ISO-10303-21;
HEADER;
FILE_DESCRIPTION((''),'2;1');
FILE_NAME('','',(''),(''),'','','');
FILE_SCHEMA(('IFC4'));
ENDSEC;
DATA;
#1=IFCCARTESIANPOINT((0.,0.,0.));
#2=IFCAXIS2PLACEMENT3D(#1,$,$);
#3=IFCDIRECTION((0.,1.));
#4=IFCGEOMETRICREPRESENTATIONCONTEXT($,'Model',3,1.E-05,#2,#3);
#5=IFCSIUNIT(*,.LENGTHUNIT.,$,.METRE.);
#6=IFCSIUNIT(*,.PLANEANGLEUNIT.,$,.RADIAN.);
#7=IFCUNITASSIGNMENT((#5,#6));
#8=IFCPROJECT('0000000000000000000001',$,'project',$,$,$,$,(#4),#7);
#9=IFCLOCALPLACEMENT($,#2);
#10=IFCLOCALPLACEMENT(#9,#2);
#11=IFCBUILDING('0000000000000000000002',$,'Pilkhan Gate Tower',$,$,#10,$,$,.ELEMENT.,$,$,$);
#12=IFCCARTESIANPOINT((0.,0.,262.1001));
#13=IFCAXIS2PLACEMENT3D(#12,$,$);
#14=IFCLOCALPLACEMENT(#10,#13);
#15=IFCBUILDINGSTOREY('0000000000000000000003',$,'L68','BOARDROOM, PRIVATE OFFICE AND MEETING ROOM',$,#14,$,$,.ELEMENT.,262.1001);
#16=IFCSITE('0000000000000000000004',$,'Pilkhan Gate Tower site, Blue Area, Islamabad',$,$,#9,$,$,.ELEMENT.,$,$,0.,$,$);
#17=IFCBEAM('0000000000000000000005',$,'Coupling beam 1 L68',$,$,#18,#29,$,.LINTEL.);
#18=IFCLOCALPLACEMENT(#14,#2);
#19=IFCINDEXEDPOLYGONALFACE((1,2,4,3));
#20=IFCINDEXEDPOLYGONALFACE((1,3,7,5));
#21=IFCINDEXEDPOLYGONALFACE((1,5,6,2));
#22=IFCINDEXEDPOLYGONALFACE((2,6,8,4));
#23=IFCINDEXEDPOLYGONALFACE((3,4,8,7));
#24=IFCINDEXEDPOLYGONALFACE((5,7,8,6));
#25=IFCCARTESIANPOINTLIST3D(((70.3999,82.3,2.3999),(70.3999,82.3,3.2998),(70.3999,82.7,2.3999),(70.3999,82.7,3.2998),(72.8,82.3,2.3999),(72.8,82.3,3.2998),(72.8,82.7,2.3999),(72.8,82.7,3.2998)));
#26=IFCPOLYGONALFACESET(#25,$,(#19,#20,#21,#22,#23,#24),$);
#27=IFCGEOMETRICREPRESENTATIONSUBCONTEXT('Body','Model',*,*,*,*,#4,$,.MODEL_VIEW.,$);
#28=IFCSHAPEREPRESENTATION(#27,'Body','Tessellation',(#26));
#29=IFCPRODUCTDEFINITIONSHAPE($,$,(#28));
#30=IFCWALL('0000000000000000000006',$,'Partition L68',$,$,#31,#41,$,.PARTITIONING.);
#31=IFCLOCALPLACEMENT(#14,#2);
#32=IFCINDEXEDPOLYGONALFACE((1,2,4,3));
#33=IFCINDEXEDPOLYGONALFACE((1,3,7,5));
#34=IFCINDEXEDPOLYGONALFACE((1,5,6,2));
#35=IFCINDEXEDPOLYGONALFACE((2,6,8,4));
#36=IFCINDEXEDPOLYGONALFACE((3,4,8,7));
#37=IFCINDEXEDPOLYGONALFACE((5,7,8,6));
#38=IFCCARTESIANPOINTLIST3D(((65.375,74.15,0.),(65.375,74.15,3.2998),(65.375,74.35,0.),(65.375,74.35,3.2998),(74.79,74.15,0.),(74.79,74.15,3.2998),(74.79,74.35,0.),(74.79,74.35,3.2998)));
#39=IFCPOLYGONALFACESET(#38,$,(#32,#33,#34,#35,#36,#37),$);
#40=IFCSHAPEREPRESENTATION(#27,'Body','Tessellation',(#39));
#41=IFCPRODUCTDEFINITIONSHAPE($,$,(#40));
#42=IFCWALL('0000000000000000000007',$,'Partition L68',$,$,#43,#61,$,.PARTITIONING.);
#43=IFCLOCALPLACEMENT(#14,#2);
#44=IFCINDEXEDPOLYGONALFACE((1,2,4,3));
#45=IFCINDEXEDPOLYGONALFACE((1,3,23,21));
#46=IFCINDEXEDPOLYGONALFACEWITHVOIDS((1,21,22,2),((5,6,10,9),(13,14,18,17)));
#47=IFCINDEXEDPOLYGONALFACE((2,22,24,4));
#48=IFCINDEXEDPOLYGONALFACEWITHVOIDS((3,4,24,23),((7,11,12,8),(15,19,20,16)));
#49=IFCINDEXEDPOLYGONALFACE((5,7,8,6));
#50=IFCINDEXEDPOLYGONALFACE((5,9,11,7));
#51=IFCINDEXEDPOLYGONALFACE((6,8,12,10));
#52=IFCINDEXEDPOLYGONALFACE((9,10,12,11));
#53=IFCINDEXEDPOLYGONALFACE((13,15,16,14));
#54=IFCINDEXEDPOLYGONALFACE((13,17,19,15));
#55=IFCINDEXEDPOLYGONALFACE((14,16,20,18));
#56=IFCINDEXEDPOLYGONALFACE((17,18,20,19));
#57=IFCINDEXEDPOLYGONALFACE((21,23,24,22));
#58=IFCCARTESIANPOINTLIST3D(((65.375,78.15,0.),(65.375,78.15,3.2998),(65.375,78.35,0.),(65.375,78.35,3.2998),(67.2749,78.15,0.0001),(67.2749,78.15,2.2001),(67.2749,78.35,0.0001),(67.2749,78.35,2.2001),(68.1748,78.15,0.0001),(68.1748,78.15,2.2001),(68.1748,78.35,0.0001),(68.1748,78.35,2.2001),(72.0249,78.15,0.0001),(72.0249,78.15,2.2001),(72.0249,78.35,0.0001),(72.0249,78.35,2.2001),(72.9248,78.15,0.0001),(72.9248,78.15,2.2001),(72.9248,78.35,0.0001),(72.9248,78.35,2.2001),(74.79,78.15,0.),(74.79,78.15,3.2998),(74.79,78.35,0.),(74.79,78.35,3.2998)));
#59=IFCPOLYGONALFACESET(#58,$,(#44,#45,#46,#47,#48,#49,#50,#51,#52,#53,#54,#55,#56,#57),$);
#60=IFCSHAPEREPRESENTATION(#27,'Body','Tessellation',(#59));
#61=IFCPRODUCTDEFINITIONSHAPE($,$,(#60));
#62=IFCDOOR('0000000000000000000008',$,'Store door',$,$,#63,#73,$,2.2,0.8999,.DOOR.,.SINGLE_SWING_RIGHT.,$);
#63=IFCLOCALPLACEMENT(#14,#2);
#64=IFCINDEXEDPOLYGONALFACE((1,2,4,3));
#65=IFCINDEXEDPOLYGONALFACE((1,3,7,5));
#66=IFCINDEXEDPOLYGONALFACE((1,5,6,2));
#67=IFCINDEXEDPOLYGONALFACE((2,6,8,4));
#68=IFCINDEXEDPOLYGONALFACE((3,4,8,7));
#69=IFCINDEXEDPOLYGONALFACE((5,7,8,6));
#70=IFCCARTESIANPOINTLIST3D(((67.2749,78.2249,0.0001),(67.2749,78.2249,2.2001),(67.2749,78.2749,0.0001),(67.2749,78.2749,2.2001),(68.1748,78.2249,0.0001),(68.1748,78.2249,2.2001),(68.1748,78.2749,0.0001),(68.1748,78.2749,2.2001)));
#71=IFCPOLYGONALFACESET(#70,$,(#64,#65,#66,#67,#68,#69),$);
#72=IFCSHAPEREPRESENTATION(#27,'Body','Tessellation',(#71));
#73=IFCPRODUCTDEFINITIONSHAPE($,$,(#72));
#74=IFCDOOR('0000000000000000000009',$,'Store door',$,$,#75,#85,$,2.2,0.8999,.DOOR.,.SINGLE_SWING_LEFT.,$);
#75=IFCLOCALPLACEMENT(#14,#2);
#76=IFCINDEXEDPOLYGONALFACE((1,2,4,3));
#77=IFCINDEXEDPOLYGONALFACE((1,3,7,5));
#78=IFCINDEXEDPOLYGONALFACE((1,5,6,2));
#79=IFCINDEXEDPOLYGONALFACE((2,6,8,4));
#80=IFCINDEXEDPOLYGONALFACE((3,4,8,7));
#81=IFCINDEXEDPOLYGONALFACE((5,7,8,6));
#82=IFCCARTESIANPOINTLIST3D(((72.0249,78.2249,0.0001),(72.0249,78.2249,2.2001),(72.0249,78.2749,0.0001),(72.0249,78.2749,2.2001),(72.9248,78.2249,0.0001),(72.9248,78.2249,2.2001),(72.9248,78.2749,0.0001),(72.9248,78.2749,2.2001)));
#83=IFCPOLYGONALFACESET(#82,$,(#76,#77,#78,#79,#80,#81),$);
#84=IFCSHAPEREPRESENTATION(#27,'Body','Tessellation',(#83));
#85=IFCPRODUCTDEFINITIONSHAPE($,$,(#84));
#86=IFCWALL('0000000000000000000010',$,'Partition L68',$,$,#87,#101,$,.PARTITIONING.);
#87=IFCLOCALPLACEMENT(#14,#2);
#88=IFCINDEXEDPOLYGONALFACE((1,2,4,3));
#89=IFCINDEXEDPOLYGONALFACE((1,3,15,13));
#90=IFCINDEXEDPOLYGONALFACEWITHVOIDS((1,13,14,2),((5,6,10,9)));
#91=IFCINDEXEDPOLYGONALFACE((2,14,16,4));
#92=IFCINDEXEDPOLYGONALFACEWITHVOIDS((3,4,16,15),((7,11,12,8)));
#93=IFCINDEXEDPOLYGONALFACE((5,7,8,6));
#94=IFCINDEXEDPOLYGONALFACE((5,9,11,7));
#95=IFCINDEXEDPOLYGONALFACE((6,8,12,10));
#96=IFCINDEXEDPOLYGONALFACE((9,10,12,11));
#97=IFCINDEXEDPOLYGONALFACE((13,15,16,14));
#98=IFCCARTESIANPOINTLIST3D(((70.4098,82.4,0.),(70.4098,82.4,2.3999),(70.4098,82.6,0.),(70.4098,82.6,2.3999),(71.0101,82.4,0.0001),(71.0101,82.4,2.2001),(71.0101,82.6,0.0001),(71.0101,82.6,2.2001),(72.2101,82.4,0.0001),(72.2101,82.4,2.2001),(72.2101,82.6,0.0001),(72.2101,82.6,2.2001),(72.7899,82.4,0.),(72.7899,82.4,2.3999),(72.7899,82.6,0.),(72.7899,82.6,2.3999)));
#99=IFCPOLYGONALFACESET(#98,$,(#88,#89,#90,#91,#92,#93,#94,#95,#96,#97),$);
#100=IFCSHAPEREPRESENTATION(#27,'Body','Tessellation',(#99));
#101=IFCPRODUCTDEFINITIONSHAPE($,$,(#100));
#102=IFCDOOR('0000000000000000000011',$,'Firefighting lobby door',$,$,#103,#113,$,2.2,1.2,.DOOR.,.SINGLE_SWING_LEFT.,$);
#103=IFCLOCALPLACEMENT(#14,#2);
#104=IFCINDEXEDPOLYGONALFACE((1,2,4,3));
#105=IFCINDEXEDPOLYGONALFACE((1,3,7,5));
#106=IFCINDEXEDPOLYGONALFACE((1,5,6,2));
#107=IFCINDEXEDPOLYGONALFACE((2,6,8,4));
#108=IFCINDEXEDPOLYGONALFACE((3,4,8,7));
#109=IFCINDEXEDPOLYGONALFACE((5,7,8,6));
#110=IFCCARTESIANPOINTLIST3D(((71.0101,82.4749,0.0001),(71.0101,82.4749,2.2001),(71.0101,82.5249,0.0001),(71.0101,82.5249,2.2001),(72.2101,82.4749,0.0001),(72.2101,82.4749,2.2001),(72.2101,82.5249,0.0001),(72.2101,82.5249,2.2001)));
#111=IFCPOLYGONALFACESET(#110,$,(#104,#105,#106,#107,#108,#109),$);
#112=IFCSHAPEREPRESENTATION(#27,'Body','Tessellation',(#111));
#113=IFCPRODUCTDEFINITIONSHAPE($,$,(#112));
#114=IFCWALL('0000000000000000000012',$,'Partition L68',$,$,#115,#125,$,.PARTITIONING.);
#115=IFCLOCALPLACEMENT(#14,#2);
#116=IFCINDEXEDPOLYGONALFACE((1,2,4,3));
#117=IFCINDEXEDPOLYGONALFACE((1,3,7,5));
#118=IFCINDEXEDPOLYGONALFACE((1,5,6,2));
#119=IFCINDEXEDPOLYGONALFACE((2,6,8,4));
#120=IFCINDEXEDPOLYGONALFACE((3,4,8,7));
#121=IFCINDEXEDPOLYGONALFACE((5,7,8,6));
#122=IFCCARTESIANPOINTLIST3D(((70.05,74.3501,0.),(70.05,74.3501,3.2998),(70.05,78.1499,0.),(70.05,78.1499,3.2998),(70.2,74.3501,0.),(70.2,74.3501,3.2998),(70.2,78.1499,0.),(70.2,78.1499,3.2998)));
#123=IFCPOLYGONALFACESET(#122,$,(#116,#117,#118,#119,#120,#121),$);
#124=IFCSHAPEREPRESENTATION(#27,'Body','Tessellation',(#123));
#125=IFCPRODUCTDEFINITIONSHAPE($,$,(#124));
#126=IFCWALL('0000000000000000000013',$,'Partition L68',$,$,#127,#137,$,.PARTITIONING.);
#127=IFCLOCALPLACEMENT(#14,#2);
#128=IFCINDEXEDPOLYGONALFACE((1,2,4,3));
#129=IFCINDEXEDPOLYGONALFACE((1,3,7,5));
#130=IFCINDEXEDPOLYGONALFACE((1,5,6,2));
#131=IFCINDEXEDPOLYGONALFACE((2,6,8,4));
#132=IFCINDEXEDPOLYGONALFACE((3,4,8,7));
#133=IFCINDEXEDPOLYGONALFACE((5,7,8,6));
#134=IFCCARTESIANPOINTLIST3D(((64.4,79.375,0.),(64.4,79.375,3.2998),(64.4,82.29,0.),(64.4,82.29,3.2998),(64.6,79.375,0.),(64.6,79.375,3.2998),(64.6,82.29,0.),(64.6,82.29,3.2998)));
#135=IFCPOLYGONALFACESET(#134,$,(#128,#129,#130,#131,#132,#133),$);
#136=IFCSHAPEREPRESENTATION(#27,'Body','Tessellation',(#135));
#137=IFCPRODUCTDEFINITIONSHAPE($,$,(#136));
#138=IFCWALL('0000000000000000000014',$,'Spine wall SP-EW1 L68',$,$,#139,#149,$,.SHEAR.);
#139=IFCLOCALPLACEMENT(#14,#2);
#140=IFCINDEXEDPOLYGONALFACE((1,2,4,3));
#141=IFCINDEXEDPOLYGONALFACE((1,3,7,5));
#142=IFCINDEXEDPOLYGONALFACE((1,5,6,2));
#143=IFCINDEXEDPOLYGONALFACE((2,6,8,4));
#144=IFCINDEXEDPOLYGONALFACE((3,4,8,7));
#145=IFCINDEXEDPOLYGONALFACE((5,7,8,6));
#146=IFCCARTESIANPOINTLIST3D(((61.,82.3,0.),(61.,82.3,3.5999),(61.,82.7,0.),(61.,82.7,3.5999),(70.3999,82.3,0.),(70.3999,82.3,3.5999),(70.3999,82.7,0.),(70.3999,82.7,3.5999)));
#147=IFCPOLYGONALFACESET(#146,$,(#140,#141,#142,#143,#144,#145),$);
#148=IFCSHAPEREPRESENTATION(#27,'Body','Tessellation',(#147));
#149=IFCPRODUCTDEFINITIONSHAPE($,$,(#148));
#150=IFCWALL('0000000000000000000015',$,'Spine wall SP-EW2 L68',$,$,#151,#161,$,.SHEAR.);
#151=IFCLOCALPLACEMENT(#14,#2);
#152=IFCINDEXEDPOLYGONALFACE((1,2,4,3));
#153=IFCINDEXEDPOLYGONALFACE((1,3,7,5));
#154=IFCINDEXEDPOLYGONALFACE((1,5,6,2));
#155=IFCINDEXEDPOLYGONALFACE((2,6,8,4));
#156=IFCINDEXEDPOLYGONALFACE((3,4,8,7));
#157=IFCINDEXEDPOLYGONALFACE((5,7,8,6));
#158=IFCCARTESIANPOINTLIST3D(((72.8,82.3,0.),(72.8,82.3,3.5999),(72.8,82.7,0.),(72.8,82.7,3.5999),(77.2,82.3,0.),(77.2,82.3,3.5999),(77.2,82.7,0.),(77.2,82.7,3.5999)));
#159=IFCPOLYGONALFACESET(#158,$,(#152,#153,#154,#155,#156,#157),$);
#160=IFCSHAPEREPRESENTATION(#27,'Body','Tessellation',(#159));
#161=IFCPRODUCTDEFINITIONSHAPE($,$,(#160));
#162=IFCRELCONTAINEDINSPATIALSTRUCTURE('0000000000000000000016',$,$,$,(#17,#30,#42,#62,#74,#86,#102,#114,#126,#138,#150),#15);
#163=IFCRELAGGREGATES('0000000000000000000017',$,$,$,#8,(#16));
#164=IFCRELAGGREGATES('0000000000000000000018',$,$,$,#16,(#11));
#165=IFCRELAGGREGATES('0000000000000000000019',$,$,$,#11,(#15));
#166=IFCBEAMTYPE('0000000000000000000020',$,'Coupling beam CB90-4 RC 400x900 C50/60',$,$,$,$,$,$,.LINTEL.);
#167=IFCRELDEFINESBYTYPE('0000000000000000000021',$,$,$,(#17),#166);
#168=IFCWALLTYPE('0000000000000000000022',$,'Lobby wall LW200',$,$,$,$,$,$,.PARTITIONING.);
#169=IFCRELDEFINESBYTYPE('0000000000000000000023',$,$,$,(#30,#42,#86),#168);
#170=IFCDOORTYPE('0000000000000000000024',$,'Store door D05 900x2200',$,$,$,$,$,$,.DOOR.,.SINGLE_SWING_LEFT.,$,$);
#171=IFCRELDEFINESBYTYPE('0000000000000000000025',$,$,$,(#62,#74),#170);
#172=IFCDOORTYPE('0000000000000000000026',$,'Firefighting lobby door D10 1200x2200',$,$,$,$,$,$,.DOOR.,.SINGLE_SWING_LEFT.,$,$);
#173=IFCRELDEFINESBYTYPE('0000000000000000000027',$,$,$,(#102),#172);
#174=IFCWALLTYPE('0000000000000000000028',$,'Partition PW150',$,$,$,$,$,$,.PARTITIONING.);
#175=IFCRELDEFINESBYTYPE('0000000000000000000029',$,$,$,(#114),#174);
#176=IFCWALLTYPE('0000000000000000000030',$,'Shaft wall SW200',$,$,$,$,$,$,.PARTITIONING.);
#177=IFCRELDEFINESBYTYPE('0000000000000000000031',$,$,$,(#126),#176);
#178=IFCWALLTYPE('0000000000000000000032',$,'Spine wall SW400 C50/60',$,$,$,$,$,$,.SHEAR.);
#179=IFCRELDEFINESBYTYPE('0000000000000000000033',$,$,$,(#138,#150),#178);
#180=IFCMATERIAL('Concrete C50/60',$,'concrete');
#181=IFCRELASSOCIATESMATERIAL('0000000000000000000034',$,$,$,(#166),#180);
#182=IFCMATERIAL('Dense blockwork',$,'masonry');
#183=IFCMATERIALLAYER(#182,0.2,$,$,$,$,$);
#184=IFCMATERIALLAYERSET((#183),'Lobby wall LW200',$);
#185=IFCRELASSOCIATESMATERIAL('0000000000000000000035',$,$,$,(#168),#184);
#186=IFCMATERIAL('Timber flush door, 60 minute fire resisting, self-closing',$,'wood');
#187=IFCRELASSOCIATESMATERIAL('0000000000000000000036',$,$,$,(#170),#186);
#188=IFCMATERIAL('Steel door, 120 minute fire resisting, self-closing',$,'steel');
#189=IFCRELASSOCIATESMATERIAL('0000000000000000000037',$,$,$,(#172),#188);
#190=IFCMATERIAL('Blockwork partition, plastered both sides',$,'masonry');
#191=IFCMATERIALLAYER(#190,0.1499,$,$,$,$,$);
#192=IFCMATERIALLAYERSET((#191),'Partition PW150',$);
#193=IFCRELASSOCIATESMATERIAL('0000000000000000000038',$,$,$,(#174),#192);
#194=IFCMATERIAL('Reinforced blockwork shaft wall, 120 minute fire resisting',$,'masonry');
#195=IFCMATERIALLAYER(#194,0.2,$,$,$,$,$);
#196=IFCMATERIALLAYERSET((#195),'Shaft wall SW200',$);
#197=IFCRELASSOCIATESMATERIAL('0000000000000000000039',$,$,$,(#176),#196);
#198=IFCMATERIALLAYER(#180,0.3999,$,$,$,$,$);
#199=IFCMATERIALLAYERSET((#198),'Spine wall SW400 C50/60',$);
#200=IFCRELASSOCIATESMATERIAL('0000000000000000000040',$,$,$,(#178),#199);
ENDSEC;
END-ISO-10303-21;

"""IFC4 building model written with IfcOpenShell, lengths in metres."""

from ifc_helpers import new_model, si_unit, direction, frame, frame_2d, origin, origin_2d, place, context, subcontext, project, spatial, rectangle, extrude, material, layer, layer_set, material_profile, profile_set, type_object, element, fill, save


model = new_model("IFC4")

# Units and contexts
model_context = context("Model", 3, precision=1e-05, world=origin(), true_north=direction((0.0, 1.0)))
body_context = subcontext(model_context, "Body", "Model", "MODEL_VIEW")
ifc_project = project(units=[si_unit("LENGTHUNIT", "METRE"), si_unit("PLANEANGLEUNIT", "RADIAN")], contexts=[model_context])

# Site, building, storey
site_placement = place(None, origin())
site = spatial("IfcSite", under=ifc_project, at=site_placement, Name="Pilkhan Gate Tower site, Blue Area, Islamabad", CompositionType="ELEMENT", RefElevation=0.0)
building_placement = place(site_placement, origin())
building = spatial("IfcBuilding", under=site, at=building_placement, Name="Pilkhan Gate Tower", CompositionType="ELEMENT")
storey_placement = place(building_placement, frame((0.0, 0.0, 262.1001)))
storey = spatial("IfcBuildingStorey", under=building, at=storey_placement, Name="L68", Description="BOARDROOM, PRIVATE OFFICE AND MEETING ROOM", CompositionType="ELEMENT", Elevation=262.1001)

# Beam
ifc_material_1 = material(Name="Concrete C50/60", Category="concrete")
ifc_material_profile = material_profile(ifc_material_1, rectangle(XDim=0.3999, YDim=0.8999, at=origin_2d()), Name="RC 400x900")
ifc_profile_set = profile_set([ifc_material_profile], Name="Concrete C50/60")
beam_type = type_object("IfcBeamType", Name="Coupling beam CB90-4 RC 400x900 C50/60", PredefinedType="LINTEL", material=ifc_profile_set)
beam_placement = place(storey_placement, frame((70.3999, 82.5, 2.8499), z_axis=(1.0, 0.0, 0.0), x_axis=(0.0, 1.0, 0.0)))
element("IfcBeam", 1, at=beam_placement, inside=storey, type_object=beam_type, Name="Coupling beam 1 L68", PredefinedType="LINTEL", context=body_context, shape_type="SweptSolid", body=[
    extrude(rectangle(XDim=0.3999, YDim=0.8999, at=origin_2d()), origin(), (0.0, 0.0, 1.0), 2.4001),
])

# Wall
ifc_material_2 = material(Name="Dense blockwork", Category="masonry")
ifc_layer_1 = layer(ifc_material_2, 0.2)
ifc_layer_set_1 = layer_set([ifc_layer_1], Name="Lobby wall LW200")
wall_type_1 = type_object("IfcWallType", Name="Lobby wall LW200", PredefinedType="PARTITIONING", material=ifc_layer_set_1)
wall_1_placement = place(storey_placement, frame((65.375, 74.25, 0.0), z_axis=(0.0, 0.0, 1.0), x_axis=(1.0, 0.0, 0.0)))
element("IfcWall", 2, at=wall_1_placement, inside=storey, type_object=wall_type_1, Name="Partition L68", PredefinedType="PARTITIONING", context=body_context, shape_type="SweptSolid", body=[
    extrude(rectangle(XDim=9.415, YDim=0.2, at=frame_2d((4.7075, 0.0))), origin(), (0.0, 0.0, 1.0), 3.2998),
])

# Wall, openings, doors
wall_2_placement = place(storey_placement, frame((65.375, 78.25, 0.0), z_axis=(0.0, 0.0, 1.0), x_axis=(1.0, 0.0, 0.0)))
wall_2 = element("IfcWall", 3, at=wall_2_placement, inside=storey, type_object=wall_type_1, Name="Partition L68", PredefinedType="PARTITIONING", context=body_context, shape_type="SweptSolid", body=[
    extrude(rectangle(XDim=9.415, YDim=0.2, at=frame_2d((4.7075, 0.0))), origin(), (0.0, 0.0, 1.0), 3.2998),
])
opening_1_placement = place(wall_2_placement, frame((1.8999, 0.0, 0.0)))
opening_1 = element("IfcOpeningElement", 4, at=opening_1_placement, cuts=wall_2, PredefinedType="OPENING", context=body_context, shape_type="SweptSolid", body=[
    extrude(rectangle(XDim=0.8999, YDim=2.2, at=frame_2d((0.45, 1.1001))), frame((0.0, 0.1099, 0.0), z_axis=(0.0, -1.0, 0.0), x_axis=(1.0, 0.0, 0.0)), (0.0, 0.0, 1.0), 0.22),
])
opening_2_placement = place(wall_2_placement, frame((6.6499, 0.0, 0.0)))
opening_2 = element("IfcOpeningElement", 5, at=opening_2_placement, cuts=wall_2, PredefinedType="OPENING", context=body_context, shape_type="SweptSolid", body=[
    extrude(rectangle(XDim=0.8999, YDim=2.2, at=frame_2d((0.45, 1.1001))), frame((0.0, 0.1099, 0.0), z_axis=(0.0, -1.0, 0.0), x_axis=(1.0, 0.0, 0.0)), (0.0, 0.0, 1.0), 0.22),
])
ifc_material_3 = material(Name="Timber flush door, 60 minute fire resisting, self-closing", Category="wood")
door_type_1 = type_object("IfcDoorType", Name="Store door D05 900x2200", OperationType="SINGLE_SWING_LEFT", PredefinedType="DOOR", material=ifc_material_3)
door_1_placement = place(opening_1_placement, origin())
door_1 = element("IfcDoor", 6, at=door_1_placement, inside=storey, type_object=door_type_1, Name="Store door", OperationType="SINGLE_SWING_RIGHT", OverallHeight=2.2, OverallWidth=0.8999, PredefinedType="DOOR", context=body_context, shape_type="SweptSolid", body=[
    extrude(rectangle(XDim=0.8999, YDim=2.2, at=frame_2d((0.45, 1.1001))), frame((0.0, 0.0249, 0.0), z_axis=(0.0, -1.0, 0.0), x_axis=(1.0, 0.0, 0.0)), (0.0, 0.0, 1.0), 0.05),
])
fill(opening_1, door_1)
door_2_placement = place(opening_2_placement, origin())
door_2 = element("IfcDoor", 7, at=door_2_placement, inside=storey, type_object=door_type_1, Name="Store door", OperationType="SINGLE_SWING_LEFT", OverallHeight=2.2, OverallWidth=0.8999, PredefinedType="DOOR", context=body_context, shape_type="SweptSolid", body=[
    extrude(rectangle(XDim=0.8999, YDim=2.2, at=frame_2d((0.45, 1.1001))), frame((0.0, 0.0249, 0.0), z_axis=(0.0, -1.0, 0.0), x_axis=(1.0, 0.0, 0.0)), (0.0, 0.0, 1.0), 0.05),
])
fill(opening_2, door_2)

# Wall, opening, door
wall_3_placement = place(storey_placement, frame((70.4099, 82.5, 0.0), z_axis=(0.0, 0.0, 1.0), x_axis=(1.0, 0.0, 0.0)))
wall_3 = element("IfcWall", 8, at=wall_3_placement, inside=storey, type_object=wall_type_1, Name="Partition L68", PredefinedType="PARTITIONING", context=body_context, shape_type="SweptSolid", body=[
    extrude(rectangle(XDim=2.3801, YDim=0.2, at=frame_2d((1.1899, 0.0))), origin(), (0.0, 0.0, 1.0), 2.3999),
])
opening_3_placement = place(wall_3_placement, frame((0.6001, 0.0, 0.0)))
opening_3 = element("IfcOpeningElement", 9, at=opening_3_placement, cuts=wall_3, PredefinedType="OPENING", context=body_context, shape_type="SweptSolid", body=[
    extrude(rectangle(XDim=1.2, YDim=2.2, at=frame_2d((0.6001, 1.1001))), frame((0.0, 0.1099, 0.0), z_axis=(0.0, -1.0, 0.0), x_axis=(1.0, 0.0, 0.0)), (0.0, 0.0, 1.0), 0.22),
])
ifc_material_4 = material(Name="Steel door, 120 minute fire resisting, self-closing", Category="steel")
door_type_2 = type_object("IfcDoorType", Name="Firefighting lobby door D10 1200x2200", OperationType="SINGLE_SWING_LEFT", PredefinedType="DOOR", material=ifc_material_4)
door_3_placement = place(opening_3_placement, origin())
door_3 = element("IfcDoor", 10, at=door_3_placement, inside=storey, type_object=door_type_2, Name="Firefighting lobby door", OperationType="SINGLE_SWING_LEFT", OverallHeight=2.2, OverallWidth=1.2, PredefinedType="DOOR", context=body_context, shape_type="SweptSolid", body=[
    extrude(rectangle(XDim=1.2, YDim=2.2, at=frame_2d((0.6001, 1.1001))), frame((0.0, 0.0249, 0.0), z_axis=(0.0, -1.0, 0.0), x_axis=(1.0, 0.0, 0.0)), (0.0, 0.0, 1.0), 0.05),
])
fill(opening_3, door_3)

# Walls
ifc_material_5 = material(Name="Blockwork partition, plastered both sides", Category="masonry")
ifc_layer_2 = layer(ifc_material_5, 0.1499)
ifc_layer_set_2 = layer_set([ifc_layer_2], Name="Partition PW150")
wall_type_2 = type_object("IfcWallType", Name="Partition PW150", PredefinedType="PARTITIONING", material=ifc_layer_set_2)
wall_4_placement = place(storey_placement, frame((70.125, 74.3501, 0.0), z_axis=(0.0, 0.0, 1.0), x_axis=(0.0, 1.0, 0.0)))
element("IfcWall", 11, at=wall_4_placement, inside=storey, type_object=wall_type_2, Name="Partition L68", PredefinedType="PARTITIONING", context=body_context, shape_type="SweptSolid", body=[
    extrude(rectangle(XDim=3.7998, YDim=0.1499, at=frame_2d((1.8999, 0.0))), origin(), (0.0, 0.0, 1.0), 3.2998),
])
ifc_material_6 = material(Name="Reinforced blockwork shaft wall, 120 minute fire resisting", Category="masonry")
ifc_layer_3 = layer(ifc_material_6, 0.2)
ifc_layer_set_3 = layer_set([ifc_layer_3], Name="Shaft wall SW200")
wall_type_3 = type_object("IfcWallType", Name="Shaft wall SW200", PredefinedType="PARTITIONING", material=ifc_layer_set_3)
wall_5_placement = place(storey_placement, frame((64.5, 79.375, 0.0), z_axis=(0.0, 0.0, 1.0), x_axis=(0.0, 1.0, 0.0)))
element("IfcWall", 12, at=wall_5_placement, inside=storey, type_object=wall_type_3, Name="Partition L68", PredefinedType="PARTITIONING", context=body_context, shape_type="SweptSolid", body=[
    extrude(rectangle(XDim=2.915, YDim=0.2, at=frame_2d((1.4575, 0.0))), origin(), (0.0, 0.0, 1.0), 3.2998),
])
ifc_layer_4 = layer(ifc_material_1, 0.3999)
ifc_layer_set_4 = layer_set([ifc_layer_4], Name="Spine wall SW400 C50/60")
wall_type_4 = type_object("IfcWallType", Name="Spine wall SW400 C50/60", PredefinedType="SHEAR", material=ifc_layer_set_4)
wall_6_placement = place(storey_placement, frame((61.0, 82.5, 0.0), z_axis=(0.0, 0.0, 1.0), x_axis=(1.0, 0.0, 0.0)))
element("IfcWall", 13, at=wall_6_placement, inside=storey, type_object=wall_type_4, Name="Spine wall SP-EW1 L68", PredefinedType="SHEAR", context=body_context, shape_type="SweptSolid", body=[
    extrude(rectangle(XDim=9.3999, YDim=0.3999, at=frame_2d((4.7, 0.0))), origin(), (0.0, 0.0, 1.0), 3.5999),
])
wall_7_placement = place(storey_placement, frame((72.8, 82.5, 0.0), z_axis=(0.0, 0.0, 1.0), x_axis=(1.0, 0.0, 0.0)))
element("IfcWall", 14, at=wall_7_placement, inside=storey, type_object=wall_type_4, Name="Spine wall SP-EW2 L68", PredefinedType="SHEAR", context=body_context, shape_type="SweptSolid", body=[
    extrude(rectangle(XDim=4.3999, YDim=0.3999, at=frame_2d((2.2, 0.0))), origin(), (0.0, 0.0, 1.0), 3.5999),
])

save(model, "model.ifc")
